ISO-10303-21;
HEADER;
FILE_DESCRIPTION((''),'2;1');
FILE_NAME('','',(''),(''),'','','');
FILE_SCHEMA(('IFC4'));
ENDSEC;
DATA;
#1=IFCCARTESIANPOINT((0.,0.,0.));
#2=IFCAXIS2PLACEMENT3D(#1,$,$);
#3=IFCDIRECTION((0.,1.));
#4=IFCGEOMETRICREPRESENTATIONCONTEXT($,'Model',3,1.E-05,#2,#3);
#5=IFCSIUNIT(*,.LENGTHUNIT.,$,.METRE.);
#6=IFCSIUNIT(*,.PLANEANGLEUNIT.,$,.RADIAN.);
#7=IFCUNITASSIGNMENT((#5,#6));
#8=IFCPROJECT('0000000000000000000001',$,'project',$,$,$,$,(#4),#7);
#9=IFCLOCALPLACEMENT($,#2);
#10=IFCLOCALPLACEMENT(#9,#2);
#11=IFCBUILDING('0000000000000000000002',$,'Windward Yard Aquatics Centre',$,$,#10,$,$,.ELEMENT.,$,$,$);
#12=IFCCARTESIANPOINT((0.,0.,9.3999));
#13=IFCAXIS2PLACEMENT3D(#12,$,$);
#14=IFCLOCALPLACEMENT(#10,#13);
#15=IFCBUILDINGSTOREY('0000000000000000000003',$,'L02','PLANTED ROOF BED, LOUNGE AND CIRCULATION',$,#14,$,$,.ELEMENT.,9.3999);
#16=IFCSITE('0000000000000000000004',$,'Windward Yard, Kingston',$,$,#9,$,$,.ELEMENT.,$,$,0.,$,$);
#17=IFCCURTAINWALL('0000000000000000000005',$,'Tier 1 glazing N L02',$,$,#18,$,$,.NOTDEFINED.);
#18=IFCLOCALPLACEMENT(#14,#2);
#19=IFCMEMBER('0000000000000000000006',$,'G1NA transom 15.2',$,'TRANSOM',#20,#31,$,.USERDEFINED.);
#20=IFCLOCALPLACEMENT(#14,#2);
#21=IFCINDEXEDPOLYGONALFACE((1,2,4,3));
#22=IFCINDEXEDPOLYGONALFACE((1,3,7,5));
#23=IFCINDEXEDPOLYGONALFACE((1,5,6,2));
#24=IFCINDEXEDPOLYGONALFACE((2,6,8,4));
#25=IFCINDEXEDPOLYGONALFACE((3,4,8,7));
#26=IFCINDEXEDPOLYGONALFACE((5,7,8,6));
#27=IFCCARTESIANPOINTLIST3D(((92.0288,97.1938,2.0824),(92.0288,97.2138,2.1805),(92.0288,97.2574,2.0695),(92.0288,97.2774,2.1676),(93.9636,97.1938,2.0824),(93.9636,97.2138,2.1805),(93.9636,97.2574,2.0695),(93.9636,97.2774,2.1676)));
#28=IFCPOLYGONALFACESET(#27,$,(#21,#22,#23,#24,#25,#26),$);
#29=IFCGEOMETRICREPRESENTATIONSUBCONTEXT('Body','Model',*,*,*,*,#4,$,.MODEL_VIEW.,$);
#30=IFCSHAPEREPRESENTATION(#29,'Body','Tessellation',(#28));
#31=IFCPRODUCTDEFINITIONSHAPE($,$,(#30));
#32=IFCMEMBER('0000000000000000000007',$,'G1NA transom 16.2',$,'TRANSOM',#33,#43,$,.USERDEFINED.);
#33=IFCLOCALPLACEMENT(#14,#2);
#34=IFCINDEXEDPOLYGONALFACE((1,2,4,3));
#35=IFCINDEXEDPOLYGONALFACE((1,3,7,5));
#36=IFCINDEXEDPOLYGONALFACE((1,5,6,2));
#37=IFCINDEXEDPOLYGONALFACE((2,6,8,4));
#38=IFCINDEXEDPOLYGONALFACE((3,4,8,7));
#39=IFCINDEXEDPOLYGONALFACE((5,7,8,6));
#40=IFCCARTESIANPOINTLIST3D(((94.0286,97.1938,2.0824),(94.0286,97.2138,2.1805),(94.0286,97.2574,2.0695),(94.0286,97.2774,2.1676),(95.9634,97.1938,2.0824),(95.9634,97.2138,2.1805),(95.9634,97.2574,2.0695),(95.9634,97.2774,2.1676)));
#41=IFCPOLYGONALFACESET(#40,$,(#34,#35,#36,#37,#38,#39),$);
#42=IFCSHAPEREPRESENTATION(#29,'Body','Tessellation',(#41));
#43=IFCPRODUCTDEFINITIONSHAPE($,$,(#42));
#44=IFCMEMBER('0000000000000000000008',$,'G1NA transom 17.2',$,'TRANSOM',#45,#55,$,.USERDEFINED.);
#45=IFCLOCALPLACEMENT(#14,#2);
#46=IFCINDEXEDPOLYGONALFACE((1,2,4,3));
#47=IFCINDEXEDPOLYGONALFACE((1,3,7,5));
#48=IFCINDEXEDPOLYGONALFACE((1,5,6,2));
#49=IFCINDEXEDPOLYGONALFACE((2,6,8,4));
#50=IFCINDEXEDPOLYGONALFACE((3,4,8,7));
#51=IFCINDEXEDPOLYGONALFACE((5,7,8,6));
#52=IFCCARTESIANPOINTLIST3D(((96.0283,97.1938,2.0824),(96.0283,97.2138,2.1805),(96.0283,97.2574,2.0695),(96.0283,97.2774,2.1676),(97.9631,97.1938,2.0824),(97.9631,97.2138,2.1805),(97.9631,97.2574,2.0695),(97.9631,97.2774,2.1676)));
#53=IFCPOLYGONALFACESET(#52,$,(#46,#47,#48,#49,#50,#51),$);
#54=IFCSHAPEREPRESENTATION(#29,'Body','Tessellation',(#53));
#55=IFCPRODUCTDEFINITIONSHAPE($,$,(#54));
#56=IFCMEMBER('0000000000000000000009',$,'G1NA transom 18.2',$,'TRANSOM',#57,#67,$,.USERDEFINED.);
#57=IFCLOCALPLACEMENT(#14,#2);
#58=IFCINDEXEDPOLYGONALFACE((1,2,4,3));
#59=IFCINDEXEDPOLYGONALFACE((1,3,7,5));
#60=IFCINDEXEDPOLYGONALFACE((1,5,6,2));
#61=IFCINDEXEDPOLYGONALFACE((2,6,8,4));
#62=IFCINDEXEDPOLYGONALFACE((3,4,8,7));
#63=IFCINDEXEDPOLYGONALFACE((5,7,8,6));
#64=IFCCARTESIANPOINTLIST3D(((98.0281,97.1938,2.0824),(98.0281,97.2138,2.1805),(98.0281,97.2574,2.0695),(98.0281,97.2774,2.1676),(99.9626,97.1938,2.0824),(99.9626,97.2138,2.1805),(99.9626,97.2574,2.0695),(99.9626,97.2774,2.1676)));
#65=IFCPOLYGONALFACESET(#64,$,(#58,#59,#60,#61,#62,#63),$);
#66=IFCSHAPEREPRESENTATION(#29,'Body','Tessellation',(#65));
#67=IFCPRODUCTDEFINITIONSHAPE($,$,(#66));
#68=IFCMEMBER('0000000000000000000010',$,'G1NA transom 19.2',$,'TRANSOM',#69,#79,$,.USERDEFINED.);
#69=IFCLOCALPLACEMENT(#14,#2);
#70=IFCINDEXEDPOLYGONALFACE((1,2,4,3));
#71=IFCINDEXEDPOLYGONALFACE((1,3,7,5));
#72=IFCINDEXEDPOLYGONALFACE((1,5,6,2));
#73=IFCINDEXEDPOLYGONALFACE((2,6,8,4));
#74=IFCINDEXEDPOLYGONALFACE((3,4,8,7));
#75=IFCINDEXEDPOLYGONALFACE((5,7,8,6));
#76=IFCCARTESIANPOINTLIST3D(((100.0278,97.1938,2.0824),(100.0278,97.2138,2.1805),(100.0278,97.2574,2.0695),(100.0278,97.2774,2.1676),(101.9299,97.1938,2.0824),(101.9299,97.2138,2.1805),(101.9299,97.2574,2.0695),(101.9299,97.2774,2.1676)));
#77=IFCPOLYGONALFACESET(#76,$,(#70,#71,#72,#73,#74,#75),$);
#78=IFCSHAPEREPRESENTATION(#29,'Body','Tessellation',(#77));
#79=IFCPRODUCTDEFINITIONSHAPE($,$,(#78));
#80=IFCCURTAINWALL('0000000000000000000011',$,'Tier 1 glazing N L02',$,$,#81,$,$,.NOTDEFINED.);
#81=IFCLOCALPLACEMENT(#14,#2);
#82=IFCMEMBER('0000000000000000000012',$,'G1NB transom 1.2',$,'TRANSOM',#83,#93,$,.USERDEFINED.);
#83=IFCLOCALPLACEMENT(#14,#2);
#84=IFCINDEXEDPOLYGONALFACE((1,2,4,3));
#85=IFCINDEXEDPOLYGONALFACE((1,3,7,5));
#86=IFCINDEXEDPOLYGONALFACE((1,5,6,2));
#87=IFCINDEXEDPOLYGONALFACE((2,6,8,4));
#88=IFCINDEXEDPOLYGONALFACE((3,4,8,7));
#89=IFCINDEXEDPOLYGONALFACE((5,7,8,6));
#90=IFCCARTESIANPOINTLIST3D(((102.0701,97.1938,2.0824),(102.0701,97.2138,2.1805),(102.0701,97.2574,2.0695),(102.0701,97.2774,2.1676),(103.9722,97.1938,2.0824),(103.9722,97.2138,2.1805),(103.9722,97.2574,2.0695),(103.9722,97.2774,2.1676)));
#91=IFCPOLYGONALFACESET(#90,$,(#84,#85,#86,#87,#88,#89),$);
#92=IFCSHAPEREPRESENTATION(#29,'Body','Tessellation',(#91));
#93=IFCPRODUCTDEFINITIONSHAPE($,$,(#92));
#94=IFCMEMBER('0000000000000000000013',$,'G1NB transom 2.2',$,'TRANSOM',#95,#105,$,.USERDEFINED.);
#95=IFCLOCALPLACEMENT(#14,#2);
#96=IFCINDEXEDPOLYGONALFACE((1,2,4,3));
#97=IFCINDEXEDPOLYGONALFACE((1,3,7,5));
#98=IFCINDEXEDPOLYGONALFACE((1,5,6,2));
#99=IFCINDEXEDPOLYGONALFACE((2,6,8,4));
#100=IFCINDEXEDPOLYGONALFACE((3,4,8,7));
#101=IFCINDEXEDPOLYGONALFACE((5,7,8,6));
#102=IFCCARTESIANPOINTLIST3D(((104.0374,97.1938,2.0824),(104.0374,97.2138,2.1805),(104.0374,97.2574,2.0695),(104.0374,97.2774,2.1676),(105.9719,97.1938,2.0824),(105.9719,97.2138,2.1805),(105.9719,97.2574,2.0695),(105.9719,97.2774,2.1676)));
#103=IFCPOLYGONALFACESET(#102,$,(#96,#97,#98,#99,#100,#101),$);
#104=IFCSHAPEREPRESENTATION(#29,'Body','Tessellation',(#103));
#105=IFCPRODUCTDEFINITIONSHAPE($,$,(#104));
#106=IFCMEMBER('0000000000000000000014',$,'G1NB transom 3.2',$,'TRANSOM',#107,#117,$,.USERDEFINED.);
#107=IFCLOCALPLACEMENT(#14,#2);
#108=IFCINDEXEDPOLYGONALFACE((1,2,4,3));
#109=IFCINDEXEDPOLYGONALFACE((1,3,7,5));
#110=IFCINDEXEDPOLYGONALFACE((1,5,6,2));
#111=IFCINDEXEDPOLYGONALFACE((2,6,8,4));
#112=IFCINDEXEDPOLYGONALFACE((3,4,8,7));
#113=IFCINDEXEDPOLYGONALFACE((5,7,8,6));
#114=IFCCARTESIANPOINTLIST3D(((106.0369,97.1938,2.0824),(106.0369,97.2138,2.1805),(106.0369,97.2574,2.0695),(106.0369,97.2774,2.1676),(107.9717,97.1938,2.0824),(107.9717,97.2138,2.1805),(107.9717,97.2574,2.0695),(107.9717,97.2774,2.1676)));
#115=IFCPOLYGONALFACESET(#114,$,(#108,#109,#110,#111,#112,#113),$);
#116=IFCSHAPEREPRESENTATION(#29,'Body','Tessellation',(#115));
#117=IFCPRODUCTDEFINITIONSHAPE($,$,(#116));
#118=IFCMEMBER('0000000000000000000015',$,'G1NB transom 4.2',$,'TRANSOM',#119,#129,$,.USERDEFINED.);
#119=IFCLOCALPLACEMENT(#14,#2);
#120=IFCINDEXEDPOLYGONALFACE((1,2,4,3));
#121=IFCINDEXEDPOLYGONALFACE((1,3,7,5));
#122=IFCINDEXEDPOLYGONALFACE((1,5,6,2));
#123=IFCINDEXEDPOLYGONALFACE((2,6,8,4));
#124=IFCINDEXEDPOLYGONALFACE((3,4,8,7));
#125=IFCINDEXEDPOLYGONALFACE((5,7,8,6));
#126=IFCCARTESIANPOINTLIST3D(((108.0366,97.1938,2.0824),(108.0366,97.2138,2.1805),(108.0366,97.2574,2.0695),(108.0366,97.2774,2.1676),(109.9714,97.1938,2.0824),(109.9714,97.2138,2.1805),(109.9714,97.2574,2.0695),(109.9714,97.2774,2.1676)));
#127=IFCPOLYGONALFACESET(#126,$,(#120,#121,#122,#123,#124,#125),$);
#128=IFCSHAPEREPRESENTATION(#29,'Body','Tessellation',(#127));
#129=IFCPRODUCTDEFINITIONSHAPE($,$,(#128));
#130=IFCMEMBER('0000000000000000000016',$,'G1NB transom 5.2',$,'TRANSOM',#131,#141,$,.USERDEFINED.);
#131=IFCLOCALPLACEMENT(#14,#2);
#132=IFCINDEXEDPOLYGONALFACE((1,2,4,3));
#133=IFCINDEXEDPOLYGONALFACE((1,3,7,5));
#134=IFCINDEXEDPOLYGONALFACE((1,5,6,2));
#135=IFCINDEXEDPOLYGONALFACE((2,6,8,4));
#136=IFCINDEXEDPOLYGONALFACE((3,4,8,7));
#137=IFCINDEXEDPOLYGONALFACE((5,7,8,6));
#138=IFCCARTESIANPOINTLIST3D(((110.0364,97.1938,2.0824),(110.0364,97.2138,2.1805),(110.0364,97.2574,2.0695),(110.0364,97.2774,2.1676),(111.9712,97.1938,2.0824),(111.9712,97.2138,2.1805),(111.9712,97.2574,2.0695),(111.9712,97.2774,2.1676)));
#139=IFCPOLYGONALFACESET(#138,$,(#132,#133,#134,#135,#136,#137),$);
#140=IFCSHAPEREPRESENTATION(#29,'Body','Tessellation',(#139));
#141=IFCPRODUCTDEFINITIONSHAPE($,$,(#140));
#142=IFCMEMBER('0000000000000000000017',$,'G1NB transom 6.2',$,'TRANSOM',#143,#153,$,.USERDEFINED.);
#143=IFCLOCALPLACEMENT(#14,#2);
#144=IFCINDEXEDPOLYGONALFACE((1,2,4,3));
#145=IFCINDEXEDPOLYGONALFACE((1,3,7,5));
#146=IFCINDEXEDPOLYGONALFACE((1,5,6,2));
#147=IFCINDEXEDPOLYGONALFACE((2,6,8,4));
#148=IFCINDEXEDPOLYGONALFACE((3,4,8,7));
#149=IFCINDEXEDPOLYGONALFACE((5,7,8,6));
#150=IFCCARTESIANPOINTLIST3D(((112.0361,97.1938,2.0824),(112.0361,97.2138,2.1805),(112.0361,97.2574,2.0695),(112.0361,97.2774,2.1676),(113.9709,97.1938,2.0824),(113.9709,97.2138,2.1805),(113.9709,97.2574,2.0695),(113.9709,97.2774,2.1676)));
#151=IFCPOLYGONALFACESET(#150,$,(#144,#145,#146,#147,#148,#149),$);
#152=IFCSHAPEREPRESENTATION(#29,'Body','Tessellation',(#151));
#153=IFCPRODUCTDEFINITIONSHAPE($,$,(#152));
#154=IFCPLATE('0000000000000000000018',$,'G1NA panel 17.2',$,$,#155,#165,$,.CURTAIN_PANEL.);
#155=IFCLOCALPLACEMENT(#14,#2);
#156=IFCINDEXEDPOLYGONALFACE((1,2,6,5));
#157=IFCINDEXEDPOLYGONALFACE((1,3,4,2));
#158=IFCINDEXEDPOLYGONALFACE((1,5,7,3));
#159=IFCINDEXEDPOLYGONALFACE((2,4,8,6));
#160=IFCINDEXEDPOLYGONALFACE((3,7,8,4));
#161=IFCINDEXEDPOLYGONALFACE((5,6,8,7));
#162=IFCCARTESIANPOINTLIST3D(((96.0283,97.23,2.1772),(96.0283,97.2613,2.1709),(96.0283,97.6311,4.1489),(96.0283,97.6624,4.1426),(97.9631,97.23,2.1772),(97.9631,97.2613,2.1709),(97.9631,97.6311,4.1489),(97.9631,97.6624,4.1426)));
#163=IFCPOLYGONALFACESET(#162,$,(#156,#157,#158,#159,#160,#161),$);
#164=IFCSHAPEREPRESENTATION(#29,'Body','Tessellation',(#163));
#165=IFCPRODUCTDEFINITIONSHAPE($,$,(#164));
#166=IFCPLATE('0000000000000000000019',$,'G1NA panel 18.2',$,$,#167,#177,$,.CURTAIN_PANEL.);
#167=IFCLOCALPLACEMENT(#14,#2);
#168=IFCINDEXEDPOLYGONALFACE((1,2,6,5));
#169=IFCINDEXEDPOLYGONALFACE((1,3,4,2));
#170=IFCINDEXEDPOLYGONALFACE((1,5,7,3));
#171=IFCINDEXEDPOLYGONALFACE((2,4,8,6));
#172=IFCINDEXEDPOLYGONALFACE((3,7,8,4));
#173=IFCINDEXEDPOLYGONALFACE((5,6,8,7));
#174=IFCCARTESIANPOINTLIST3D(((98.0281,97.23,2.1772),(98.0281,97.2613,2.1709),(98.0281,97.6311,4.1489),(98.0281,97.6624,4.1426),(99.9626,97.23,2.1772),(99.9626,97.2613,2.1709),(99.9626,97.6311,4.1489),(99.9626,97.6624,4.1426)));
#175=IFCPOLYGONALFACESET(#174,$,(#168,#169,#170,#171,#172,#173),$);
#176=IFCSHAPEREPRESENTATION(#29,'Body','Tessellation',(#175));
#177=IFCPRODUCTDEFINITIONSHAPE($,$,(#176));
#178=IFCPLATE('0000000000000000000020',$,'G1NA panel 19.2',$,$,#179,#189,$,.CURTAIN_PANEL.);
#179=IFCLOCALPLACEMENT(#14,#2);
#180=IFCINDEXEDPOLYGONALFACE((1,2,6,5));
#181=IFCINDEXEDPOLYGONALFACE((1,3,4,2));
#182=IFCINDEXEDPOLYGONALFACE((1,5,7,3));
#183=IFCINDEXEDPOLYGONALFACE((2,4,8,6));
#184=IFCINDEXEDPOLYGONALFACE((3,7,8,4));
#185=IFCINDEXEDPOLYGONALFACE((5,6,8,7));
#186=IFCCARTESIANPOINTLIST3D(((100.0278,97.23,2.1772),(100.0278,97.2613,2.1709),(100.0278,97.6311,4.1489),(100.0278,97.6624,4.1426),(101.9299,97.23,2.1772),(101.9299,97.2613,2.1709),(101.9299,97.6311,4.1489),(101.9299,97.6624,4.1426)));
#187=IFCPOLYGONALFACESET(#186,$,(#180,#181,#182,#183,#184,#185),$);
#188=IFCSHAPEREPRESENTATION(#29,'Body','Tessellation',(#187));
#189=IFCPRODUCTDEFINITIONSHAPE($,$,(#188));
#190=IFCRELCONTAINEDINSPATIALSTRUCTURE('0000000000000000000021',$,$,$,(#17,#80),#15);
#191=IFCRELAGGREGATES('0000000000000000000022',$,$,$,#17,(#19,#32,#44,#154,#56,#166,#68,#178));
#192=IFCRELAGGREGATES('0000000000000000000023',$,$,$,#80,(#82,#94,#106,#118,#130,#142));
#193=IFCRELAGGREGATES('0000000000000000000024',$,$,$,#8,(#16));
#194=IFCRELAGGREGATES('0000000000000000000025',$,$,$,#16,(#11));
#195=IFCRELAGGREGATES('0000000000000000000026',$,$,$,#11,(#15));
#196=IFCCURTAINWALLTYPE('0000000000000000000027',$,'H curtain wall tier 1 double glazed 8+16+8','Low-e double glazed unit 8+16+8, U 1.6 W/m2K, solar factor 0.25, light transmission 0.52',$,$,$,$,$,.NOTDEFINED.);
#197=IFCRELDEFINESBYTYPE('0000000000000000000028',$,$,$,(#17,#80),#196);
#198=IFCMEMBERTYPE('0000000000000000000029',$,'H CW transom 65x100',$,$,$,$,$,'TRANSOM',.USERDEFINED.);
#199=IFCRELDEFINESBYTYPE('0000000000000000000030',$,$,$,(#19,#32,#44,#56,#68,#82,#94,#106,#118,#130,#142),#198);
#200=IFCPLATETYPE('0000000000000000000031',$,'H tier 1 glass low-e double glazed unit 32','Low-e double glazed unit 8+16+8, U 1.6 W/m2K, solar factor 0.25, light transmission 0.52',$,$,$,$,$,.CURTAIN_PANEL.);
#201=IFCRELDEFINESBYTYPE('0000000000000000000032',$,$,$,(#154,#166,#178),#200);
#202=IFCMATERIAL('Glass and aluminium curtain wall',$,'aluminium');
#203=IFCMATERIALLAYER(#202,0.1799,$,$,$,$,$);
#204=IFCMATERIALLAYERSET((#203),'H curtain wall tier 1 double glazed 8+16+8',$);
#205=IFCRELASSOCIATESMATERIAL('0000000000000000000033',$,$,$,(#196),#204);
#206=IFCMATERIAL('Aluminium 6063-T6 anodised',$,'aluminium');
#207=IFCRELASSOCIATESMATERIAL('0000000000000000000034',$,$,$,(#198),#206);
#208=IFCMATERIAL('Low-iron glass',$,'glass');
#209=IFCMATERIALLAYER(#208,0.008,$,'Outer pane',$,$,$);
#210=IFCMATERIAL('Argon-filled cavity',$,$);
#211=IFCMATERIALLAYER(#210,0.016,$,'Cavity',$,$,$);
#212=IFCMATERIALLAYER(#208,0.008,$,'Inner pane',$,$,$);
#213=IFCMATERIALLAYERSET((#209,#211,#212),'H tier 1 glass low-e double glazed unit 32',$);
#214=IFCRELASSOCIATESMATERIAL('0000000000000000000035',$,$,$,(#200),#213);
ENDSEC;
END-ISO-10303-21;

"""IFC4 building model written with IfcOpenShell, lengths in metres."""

from ifc_helpers import new_model, si_unit, direction, frame, origin, origin_2d, place, context, subcontext, project, spatial, polyline, rectangle, outline, extrude, material, layer, layer_set, material_profile, profile_set, type_object, element, aggregate, save


model = new_model("IFC4")

# Units and contexts
model_context = context("Model", 3, precision=1e-05, world=origin(), true_north=direction((0.0, 1.0)))
body_context = subcontext(model_context, "Body", "Model", "MODEL_VIEW")
ifc_project = project(units=[si_unit("LENGTHUNIT", "METRE"), si_unit("PLANEANGLEUNIT", "RADIAN")], contexts=[model_context])

# Site, building, storey
site_placement = place(None, origin())
site = spatial("IfcSite", under=ifc_project, at=site_placement, Name="Windward Yard, Kingston", CompositionType="ELEMENT", RefElevation=0.0)
building_placement = place(site_placement, origin())
building = spatial("IfcBuilding", under=site, at=building_placement, Name="Windward Yard Aquatics Centre", CompositionType="ELEMENT")
storey_placement = place(building_placement, frame((0.0, 0.0, 9.3999)))
storey = spatial("IfcBuildingStorey", under=building, at=storey_placement, Name="L02", Description="PLANTED ROOF BED, LOUNGE AND CIRCULATION", CompositionType="ELEMENT", Elevation=9.3999)

# Curtain walls, members
ifc_material_1 = material(Name="Glass and aluminium curtain wall", Category="aluminium")
ifc_layer_1 = layer(ifc_material_1, 0.1799)
ifc_layer_set_1 = layer_set([ifc_layer_1], Name="H curtain wall tier 1 double glazed 8+16+8")
curtain_wall_type = type_object("IfcCurtainWallType", Name="H curtain wall tier 1 double glazed 8+16+8", Description="Low-e double glazed unit 8+16+8, U 1.6 W/m2K, solar factor 0.25, light transmission 0.52", PredefinedType="NOTDEFINED", material=ifc_layer_set_1)
curtain_wall_1_placement = place(storey_placement, origin())
curtain_wall_1 = element("IfcCurtainWall", 1, at=curtain_wall_1_placement, inside=storey, type_object=curtain_wall_type, Name="Tier 1 glazing N L02", PredefinedType="NOTDEFINED")
ifc_material_2 = material(Name="Aluminium 6063-T6 anodised", Category="aluminium")
ifc_material_profile = material_profile(ifc_material_2, rectangle(XDim=0.0649, YDim=0.1001, at=origin_2d()), Name="H CW transom 65x100")
ifc_profile_set = profile_set([ifc_material_profile], Name="Aluminium 6063-T6 anodised")
member_type = type_object("IfcMemberType", Name="H CW transom 65x100", ElementType="TRANSOM", PredefinedType="USERDEFINED", material=ifc_profile_set)
member_1_placement = place(storey_placement, frame((92.0288, 97.2356, 2.125), z_axis=(1.0, 0.0, 0.0), x_axis=(0.0, -0.979925, 0.199368)))
member_1 = element("IfcMember", 2, at=member_1_placement, type_object=member_type, Name="G1NA transom 15.2", ObjectType="TRANSOM", PredefinedType="USERDEFINED", context=body_context, shape_type="SweptSolid", body=[
    extrude(rectangle(XDim=0.0649, YDim=0.1001, at=origin_2d()), origin(), (0.0, 0.0, 1.0), 1.9348),
])
member_2_placement = place(storey_placement, frame((94.0286, 97.2356, 2.125), z_axis=(1.0, 0.0, 0.0), x_axis=(0.0, -0.979925, 0.199368)))
member_2 = element("IfcMember", 3, at=member_2_placement, type_object=member_type, Name="G1NA transom 16.2", ObjectType="TRANSOM", PredefinedType="USERDEFINED", context=body_context, shape_type="SweptSolid", body=[
    extrude(rectangle(XDim=0.0649, YDim=0.1001, at=origin_2d()), origin(), (0.0, 0.0, 1.0), 1.9348),
])
member_3_placement = place(storey_placement, frame((96.0283, 97.2356, 2.125), z_axis=(1.0, 0.0, 0.0), x_axis=(0.0, -0.979925, 0.199368)))
member_3 = element("IfcMember", 4, at=member_3_placement, type_object=member_type, Name="G1NA transom 17.2", ObjectType="TRANSOM", PredefinedType="USERDEFINED", context=body_context, shape_type="SweptSolid", body=[
    extrude(rectangle(XDim=0.0649, YDim=0.1001, at=origin_2d()), origin(), (0.0, 0.0, 1.0), 1.9348),
])
member_4_placement = place(storey_placement, frame((98.0281, 97.2356, 2.125), z_axis=(1.0, 0.0, 0.0), x_axis=(0.0, -0.979925, 0.199368)))
member_4 = element("IfcMember", 5, at=member_4_placement, type_object=member_type, Name="G1NA transom 18.2", ObjectType="TRANSOM", PredefinedType="USERDEFINED", context=body_context, shape_type="SweptSolid", body=[
    extrude(rectangle(XDim=0.0649, YDim=0.1001, at=origin_2d()), origin(), (0.0, 0.0, 1.0), 1.9346),
])
member_5_placement = place(storey_placement, frame((100.0278, 97.2356, 2.125), z_axis=(1.0, 0.0, 0.0), x_axis=(0.0, -0.979925, 0.199368)))
member_5 = element("IfcMember", 6, at=member_5_placement, type_object=member_type, Name="G1NA transom 19.2", ObjectType="TRANSOM", PredefinedType="USERDEFINED", context=body_context, shape_type="SweptSolid", body=[
    extrude(rectangle(XDim=0.0649, YDim=0.1001, at=origin_2d()), origin(), (0.0, 0.0, 1.0), 1.9021),
])
curtain_wall_2_placement = place(storey_placement, origin())
curtain_wall_2 = element("IfcCurtainWall", 7, at=curtain_wall_2_placement, inside=storey, type_object=curtain_wall_type, Name="Tier 1 glazing N L02", PredefinedType="NOTDEFINED")
member_6_placement = place(storey_placement, frame((102.0701, 97.2356, 2.125), z_axis=(1.0, 0.0, 0.0), x_axis=(0.0, -0.979925, 0.199368)))
member_6 = element("IfcMember", 8, at=member_6_placement, type_object=member_type, Name="G1NB transom 1.2", ObjectType="TRANSOM", PredefinedType="USERDEFINED", context=body_context, shape_type="SweptSolid", body=[
    extrude(rectangle(XDim=0.0649, YDim=0.1001, at=origin_2d()), origin(), (0.0, 0.0, 1.0), 1.9021),
])
member_7_placement = place(storey_placement, frame((104.0374, 97.2356, 2.125), z_axis=(1.0, 0.0, 0.0), x_axis=(0.0, -0.979925, 0.199368)))
member_7 = element("IfcMember", 9, at=member_7_placement, type_object=member_type, Name="G1NB transom 2.2", ObjectType="TRANSOM", PredefinedType="USERDEFINED", context=body_context, shape_type="SweptSolid", body=[
    extrude(rectangle(XDim=0.0649, YDim=0.1001, at=origin_2d()), origin(), (0.0, 0.0, 1.0), 1.9346),
])
member_8_placement = place(storey_placement, frame((106.0369, 97.2356, 2.125), z_axis=(1.0, 0.0, 0.0), x_axis=(0.0, -0.979925, 0.199368)))
member_8 = element("IfcMember", 10, at=member_8_placement, type_object=member_type, Name="G1NB transom 3.2", ObjectType="TRANSOM", PredefinedType="USERDEFINED", context=body_context, shape_type="SweptSolid", body=[
    extrude(rectangle(XDim=0.0649, YDim=0.1001, at=origin_2d()), origin(), (0.0, 0.0, 1.0), 1.9348),
])
member_9_placement = place(storey_placement, frame((108.0366, 97.2356, 2.125), z_axis=(1.0, 0.0, 0.0), x_axis=(0.0, -0.979925, 0.199368)))
member_9 = element("IfcMember", 11, at=member_9_placement, type_object=member_type, Name="G1NB transom 4.2", ObjectType="TRANSOM", PredefinedType="USERDEFINED", context=body_context, shape_type="SweptSolid", body=[
    extrude(rectangle(XDim=0.0649, YDim=0.1001, at=origin_2d()), origin(), (0.0, 0.0, 1.0), 1.9348),
])
member_10_placement = place(storey_placement, frame((110.0364, 97.2356, 2.125), z_axis=(1.0, 0.0, 0.0), x_axis=(0.0, -0.979925, 0.199368)))
member_10 = element("IfcMember", 12, at=member_10_placement, type_object=member_type, Name="G1NB transom 5.2", ObjectType="TRANSOM", PredefinedType="USERDEFINED", context=body_context, shape_type="SweptSolid", body=[
    extrude(rectangle(XDim=0.0649, YDim=0.1001, at=origin_2d()), origin(), (0.0, 0.0, 1.0), 1.9348),
])
member_11_placement = place(storey_placement, frame((112.0361, 97.2356, 2.125), z_axis=(1.0, 0.0, 0.0), x_axis=(0.0, -0.979925, 0.199368)))
member_11 = element("IfcMember", 13, at=member_11_placement, type_object=member_type, Name="G1NB transom 6.2", ObjectType="TRANSOM", PredefinedType="USERDEFINED", context=body_context, shape_type="SweptSolid", body=[
    extrude(rectangle(XDim=0.0649, YDim=0.1001, at=origin_2d()), origin(), (0.0, 0.0, 1.0), 1.9348),
])

# Plates
ifc_material_3 = material(Name="Low-iron glass", Category="glass")
ifc_layer_2 = layer(ifc_material_3, 0.008, Name="Outer pane")
ifc_material_4 = material(Name="Argon-filled cavity")
ifc_layer_3 = layer(ifc_material_4, 0.016, Name="Cavity")
ifc_layer_4 = layer(ifc_material_3, 0.008, Name="Inner pane")
ifc_layer_set_2 = layer_set([ifc_layer_2, ifc_layer_3, ifc_layer_4], Name="H tier 1 glass low-e double glazed unit 32")
plate_type = type_object("IfcPlateType", Name="H tier 1 glass low-e double glazed unit 32", Description="Low-e double glazed unit 8+16+8, U 1.6 W/m2K, solar factor 0.25, light transmission 0.52", PredefinedType="CURTAIN_PANEL", material=ifc_layer_set_2)
plate_1_placement = place(storey_placement, frame((96.0283, 97.23, 2.1772), z_axis=(0.0, -0.979927, 0.199359), x_axis=(1.0, 0.0, 0.0)))
plate_1 = element("IfcPlate", 14, at=plate_1_placement, type_object=plate_type, Name="G1NA panel 17.2", PredefinedType="CURTAIN_PANEL", context=body_context, shape_type="SweptSolid", body=[
    extrude(outline(polyline([(0.0, 0.0), (1.9348, 0.0), (1.9348, 2.0121), (0.0, 2.0121), (0.0, 0.0)])), origin(), (0.0, 0.0, -1.0), 0.032),
])
plate_2_placement = place(storey_placement, frame((98.0281, 97.23, 2.1772), z_axis=(0.0, -0.979927, 0.199359), x_axis=(1.0, 0.0, 0.0)))
plate_2 = element("IfcPlate", 15, at=plate_2_placement, type_object=plate_type, Name="G1NA panel 18.2", PredefinedType="CURTAIN_PANEL", context=body_context, shape_type="SweptSolid", body=[
    extrude(outline(polyline([(0.0, 0.0), (1.9346, 0.0), (1.9346, 2.0121), (0.0, 2.0121), (0.0, 0.0)])), origin(), (0.0, 0.0, -1.0), 0.032),
])
plate_3_placement = place(storey_placement, frame((100.0278, 97.23, 2.1772), z_axis=(0.0, -0.979927, 0.199359), x_axis=(1.0, 0.0, 0.0)))
plate_3 = element("IfcPlate", 16, at=plate_3_placement, type_object=plate_type, Name="G1NA panel 19.2", PredefinedType="CURTAIN_PANEL", context=body_context, shape_type="SweptSolid", body=[
    extrude(outline(polyline([(0.0, 0.0), (1.9021, 0.0), (1.9021, 2.0121), (0.0, 2.0121), (0.0, 0.0)])), origin(), (0.0, 0.0, -1.0), 0.032),
])
aggregate(curtain_wall_1, [member_1, member_2, member_3, plate_1, member_4, plate_2, member_5, plate_3])
aggregate(curtain_wall_2, [member_6, member_7, member_8, member_9, member_10, member_11])

save(model, "model.ifc")
